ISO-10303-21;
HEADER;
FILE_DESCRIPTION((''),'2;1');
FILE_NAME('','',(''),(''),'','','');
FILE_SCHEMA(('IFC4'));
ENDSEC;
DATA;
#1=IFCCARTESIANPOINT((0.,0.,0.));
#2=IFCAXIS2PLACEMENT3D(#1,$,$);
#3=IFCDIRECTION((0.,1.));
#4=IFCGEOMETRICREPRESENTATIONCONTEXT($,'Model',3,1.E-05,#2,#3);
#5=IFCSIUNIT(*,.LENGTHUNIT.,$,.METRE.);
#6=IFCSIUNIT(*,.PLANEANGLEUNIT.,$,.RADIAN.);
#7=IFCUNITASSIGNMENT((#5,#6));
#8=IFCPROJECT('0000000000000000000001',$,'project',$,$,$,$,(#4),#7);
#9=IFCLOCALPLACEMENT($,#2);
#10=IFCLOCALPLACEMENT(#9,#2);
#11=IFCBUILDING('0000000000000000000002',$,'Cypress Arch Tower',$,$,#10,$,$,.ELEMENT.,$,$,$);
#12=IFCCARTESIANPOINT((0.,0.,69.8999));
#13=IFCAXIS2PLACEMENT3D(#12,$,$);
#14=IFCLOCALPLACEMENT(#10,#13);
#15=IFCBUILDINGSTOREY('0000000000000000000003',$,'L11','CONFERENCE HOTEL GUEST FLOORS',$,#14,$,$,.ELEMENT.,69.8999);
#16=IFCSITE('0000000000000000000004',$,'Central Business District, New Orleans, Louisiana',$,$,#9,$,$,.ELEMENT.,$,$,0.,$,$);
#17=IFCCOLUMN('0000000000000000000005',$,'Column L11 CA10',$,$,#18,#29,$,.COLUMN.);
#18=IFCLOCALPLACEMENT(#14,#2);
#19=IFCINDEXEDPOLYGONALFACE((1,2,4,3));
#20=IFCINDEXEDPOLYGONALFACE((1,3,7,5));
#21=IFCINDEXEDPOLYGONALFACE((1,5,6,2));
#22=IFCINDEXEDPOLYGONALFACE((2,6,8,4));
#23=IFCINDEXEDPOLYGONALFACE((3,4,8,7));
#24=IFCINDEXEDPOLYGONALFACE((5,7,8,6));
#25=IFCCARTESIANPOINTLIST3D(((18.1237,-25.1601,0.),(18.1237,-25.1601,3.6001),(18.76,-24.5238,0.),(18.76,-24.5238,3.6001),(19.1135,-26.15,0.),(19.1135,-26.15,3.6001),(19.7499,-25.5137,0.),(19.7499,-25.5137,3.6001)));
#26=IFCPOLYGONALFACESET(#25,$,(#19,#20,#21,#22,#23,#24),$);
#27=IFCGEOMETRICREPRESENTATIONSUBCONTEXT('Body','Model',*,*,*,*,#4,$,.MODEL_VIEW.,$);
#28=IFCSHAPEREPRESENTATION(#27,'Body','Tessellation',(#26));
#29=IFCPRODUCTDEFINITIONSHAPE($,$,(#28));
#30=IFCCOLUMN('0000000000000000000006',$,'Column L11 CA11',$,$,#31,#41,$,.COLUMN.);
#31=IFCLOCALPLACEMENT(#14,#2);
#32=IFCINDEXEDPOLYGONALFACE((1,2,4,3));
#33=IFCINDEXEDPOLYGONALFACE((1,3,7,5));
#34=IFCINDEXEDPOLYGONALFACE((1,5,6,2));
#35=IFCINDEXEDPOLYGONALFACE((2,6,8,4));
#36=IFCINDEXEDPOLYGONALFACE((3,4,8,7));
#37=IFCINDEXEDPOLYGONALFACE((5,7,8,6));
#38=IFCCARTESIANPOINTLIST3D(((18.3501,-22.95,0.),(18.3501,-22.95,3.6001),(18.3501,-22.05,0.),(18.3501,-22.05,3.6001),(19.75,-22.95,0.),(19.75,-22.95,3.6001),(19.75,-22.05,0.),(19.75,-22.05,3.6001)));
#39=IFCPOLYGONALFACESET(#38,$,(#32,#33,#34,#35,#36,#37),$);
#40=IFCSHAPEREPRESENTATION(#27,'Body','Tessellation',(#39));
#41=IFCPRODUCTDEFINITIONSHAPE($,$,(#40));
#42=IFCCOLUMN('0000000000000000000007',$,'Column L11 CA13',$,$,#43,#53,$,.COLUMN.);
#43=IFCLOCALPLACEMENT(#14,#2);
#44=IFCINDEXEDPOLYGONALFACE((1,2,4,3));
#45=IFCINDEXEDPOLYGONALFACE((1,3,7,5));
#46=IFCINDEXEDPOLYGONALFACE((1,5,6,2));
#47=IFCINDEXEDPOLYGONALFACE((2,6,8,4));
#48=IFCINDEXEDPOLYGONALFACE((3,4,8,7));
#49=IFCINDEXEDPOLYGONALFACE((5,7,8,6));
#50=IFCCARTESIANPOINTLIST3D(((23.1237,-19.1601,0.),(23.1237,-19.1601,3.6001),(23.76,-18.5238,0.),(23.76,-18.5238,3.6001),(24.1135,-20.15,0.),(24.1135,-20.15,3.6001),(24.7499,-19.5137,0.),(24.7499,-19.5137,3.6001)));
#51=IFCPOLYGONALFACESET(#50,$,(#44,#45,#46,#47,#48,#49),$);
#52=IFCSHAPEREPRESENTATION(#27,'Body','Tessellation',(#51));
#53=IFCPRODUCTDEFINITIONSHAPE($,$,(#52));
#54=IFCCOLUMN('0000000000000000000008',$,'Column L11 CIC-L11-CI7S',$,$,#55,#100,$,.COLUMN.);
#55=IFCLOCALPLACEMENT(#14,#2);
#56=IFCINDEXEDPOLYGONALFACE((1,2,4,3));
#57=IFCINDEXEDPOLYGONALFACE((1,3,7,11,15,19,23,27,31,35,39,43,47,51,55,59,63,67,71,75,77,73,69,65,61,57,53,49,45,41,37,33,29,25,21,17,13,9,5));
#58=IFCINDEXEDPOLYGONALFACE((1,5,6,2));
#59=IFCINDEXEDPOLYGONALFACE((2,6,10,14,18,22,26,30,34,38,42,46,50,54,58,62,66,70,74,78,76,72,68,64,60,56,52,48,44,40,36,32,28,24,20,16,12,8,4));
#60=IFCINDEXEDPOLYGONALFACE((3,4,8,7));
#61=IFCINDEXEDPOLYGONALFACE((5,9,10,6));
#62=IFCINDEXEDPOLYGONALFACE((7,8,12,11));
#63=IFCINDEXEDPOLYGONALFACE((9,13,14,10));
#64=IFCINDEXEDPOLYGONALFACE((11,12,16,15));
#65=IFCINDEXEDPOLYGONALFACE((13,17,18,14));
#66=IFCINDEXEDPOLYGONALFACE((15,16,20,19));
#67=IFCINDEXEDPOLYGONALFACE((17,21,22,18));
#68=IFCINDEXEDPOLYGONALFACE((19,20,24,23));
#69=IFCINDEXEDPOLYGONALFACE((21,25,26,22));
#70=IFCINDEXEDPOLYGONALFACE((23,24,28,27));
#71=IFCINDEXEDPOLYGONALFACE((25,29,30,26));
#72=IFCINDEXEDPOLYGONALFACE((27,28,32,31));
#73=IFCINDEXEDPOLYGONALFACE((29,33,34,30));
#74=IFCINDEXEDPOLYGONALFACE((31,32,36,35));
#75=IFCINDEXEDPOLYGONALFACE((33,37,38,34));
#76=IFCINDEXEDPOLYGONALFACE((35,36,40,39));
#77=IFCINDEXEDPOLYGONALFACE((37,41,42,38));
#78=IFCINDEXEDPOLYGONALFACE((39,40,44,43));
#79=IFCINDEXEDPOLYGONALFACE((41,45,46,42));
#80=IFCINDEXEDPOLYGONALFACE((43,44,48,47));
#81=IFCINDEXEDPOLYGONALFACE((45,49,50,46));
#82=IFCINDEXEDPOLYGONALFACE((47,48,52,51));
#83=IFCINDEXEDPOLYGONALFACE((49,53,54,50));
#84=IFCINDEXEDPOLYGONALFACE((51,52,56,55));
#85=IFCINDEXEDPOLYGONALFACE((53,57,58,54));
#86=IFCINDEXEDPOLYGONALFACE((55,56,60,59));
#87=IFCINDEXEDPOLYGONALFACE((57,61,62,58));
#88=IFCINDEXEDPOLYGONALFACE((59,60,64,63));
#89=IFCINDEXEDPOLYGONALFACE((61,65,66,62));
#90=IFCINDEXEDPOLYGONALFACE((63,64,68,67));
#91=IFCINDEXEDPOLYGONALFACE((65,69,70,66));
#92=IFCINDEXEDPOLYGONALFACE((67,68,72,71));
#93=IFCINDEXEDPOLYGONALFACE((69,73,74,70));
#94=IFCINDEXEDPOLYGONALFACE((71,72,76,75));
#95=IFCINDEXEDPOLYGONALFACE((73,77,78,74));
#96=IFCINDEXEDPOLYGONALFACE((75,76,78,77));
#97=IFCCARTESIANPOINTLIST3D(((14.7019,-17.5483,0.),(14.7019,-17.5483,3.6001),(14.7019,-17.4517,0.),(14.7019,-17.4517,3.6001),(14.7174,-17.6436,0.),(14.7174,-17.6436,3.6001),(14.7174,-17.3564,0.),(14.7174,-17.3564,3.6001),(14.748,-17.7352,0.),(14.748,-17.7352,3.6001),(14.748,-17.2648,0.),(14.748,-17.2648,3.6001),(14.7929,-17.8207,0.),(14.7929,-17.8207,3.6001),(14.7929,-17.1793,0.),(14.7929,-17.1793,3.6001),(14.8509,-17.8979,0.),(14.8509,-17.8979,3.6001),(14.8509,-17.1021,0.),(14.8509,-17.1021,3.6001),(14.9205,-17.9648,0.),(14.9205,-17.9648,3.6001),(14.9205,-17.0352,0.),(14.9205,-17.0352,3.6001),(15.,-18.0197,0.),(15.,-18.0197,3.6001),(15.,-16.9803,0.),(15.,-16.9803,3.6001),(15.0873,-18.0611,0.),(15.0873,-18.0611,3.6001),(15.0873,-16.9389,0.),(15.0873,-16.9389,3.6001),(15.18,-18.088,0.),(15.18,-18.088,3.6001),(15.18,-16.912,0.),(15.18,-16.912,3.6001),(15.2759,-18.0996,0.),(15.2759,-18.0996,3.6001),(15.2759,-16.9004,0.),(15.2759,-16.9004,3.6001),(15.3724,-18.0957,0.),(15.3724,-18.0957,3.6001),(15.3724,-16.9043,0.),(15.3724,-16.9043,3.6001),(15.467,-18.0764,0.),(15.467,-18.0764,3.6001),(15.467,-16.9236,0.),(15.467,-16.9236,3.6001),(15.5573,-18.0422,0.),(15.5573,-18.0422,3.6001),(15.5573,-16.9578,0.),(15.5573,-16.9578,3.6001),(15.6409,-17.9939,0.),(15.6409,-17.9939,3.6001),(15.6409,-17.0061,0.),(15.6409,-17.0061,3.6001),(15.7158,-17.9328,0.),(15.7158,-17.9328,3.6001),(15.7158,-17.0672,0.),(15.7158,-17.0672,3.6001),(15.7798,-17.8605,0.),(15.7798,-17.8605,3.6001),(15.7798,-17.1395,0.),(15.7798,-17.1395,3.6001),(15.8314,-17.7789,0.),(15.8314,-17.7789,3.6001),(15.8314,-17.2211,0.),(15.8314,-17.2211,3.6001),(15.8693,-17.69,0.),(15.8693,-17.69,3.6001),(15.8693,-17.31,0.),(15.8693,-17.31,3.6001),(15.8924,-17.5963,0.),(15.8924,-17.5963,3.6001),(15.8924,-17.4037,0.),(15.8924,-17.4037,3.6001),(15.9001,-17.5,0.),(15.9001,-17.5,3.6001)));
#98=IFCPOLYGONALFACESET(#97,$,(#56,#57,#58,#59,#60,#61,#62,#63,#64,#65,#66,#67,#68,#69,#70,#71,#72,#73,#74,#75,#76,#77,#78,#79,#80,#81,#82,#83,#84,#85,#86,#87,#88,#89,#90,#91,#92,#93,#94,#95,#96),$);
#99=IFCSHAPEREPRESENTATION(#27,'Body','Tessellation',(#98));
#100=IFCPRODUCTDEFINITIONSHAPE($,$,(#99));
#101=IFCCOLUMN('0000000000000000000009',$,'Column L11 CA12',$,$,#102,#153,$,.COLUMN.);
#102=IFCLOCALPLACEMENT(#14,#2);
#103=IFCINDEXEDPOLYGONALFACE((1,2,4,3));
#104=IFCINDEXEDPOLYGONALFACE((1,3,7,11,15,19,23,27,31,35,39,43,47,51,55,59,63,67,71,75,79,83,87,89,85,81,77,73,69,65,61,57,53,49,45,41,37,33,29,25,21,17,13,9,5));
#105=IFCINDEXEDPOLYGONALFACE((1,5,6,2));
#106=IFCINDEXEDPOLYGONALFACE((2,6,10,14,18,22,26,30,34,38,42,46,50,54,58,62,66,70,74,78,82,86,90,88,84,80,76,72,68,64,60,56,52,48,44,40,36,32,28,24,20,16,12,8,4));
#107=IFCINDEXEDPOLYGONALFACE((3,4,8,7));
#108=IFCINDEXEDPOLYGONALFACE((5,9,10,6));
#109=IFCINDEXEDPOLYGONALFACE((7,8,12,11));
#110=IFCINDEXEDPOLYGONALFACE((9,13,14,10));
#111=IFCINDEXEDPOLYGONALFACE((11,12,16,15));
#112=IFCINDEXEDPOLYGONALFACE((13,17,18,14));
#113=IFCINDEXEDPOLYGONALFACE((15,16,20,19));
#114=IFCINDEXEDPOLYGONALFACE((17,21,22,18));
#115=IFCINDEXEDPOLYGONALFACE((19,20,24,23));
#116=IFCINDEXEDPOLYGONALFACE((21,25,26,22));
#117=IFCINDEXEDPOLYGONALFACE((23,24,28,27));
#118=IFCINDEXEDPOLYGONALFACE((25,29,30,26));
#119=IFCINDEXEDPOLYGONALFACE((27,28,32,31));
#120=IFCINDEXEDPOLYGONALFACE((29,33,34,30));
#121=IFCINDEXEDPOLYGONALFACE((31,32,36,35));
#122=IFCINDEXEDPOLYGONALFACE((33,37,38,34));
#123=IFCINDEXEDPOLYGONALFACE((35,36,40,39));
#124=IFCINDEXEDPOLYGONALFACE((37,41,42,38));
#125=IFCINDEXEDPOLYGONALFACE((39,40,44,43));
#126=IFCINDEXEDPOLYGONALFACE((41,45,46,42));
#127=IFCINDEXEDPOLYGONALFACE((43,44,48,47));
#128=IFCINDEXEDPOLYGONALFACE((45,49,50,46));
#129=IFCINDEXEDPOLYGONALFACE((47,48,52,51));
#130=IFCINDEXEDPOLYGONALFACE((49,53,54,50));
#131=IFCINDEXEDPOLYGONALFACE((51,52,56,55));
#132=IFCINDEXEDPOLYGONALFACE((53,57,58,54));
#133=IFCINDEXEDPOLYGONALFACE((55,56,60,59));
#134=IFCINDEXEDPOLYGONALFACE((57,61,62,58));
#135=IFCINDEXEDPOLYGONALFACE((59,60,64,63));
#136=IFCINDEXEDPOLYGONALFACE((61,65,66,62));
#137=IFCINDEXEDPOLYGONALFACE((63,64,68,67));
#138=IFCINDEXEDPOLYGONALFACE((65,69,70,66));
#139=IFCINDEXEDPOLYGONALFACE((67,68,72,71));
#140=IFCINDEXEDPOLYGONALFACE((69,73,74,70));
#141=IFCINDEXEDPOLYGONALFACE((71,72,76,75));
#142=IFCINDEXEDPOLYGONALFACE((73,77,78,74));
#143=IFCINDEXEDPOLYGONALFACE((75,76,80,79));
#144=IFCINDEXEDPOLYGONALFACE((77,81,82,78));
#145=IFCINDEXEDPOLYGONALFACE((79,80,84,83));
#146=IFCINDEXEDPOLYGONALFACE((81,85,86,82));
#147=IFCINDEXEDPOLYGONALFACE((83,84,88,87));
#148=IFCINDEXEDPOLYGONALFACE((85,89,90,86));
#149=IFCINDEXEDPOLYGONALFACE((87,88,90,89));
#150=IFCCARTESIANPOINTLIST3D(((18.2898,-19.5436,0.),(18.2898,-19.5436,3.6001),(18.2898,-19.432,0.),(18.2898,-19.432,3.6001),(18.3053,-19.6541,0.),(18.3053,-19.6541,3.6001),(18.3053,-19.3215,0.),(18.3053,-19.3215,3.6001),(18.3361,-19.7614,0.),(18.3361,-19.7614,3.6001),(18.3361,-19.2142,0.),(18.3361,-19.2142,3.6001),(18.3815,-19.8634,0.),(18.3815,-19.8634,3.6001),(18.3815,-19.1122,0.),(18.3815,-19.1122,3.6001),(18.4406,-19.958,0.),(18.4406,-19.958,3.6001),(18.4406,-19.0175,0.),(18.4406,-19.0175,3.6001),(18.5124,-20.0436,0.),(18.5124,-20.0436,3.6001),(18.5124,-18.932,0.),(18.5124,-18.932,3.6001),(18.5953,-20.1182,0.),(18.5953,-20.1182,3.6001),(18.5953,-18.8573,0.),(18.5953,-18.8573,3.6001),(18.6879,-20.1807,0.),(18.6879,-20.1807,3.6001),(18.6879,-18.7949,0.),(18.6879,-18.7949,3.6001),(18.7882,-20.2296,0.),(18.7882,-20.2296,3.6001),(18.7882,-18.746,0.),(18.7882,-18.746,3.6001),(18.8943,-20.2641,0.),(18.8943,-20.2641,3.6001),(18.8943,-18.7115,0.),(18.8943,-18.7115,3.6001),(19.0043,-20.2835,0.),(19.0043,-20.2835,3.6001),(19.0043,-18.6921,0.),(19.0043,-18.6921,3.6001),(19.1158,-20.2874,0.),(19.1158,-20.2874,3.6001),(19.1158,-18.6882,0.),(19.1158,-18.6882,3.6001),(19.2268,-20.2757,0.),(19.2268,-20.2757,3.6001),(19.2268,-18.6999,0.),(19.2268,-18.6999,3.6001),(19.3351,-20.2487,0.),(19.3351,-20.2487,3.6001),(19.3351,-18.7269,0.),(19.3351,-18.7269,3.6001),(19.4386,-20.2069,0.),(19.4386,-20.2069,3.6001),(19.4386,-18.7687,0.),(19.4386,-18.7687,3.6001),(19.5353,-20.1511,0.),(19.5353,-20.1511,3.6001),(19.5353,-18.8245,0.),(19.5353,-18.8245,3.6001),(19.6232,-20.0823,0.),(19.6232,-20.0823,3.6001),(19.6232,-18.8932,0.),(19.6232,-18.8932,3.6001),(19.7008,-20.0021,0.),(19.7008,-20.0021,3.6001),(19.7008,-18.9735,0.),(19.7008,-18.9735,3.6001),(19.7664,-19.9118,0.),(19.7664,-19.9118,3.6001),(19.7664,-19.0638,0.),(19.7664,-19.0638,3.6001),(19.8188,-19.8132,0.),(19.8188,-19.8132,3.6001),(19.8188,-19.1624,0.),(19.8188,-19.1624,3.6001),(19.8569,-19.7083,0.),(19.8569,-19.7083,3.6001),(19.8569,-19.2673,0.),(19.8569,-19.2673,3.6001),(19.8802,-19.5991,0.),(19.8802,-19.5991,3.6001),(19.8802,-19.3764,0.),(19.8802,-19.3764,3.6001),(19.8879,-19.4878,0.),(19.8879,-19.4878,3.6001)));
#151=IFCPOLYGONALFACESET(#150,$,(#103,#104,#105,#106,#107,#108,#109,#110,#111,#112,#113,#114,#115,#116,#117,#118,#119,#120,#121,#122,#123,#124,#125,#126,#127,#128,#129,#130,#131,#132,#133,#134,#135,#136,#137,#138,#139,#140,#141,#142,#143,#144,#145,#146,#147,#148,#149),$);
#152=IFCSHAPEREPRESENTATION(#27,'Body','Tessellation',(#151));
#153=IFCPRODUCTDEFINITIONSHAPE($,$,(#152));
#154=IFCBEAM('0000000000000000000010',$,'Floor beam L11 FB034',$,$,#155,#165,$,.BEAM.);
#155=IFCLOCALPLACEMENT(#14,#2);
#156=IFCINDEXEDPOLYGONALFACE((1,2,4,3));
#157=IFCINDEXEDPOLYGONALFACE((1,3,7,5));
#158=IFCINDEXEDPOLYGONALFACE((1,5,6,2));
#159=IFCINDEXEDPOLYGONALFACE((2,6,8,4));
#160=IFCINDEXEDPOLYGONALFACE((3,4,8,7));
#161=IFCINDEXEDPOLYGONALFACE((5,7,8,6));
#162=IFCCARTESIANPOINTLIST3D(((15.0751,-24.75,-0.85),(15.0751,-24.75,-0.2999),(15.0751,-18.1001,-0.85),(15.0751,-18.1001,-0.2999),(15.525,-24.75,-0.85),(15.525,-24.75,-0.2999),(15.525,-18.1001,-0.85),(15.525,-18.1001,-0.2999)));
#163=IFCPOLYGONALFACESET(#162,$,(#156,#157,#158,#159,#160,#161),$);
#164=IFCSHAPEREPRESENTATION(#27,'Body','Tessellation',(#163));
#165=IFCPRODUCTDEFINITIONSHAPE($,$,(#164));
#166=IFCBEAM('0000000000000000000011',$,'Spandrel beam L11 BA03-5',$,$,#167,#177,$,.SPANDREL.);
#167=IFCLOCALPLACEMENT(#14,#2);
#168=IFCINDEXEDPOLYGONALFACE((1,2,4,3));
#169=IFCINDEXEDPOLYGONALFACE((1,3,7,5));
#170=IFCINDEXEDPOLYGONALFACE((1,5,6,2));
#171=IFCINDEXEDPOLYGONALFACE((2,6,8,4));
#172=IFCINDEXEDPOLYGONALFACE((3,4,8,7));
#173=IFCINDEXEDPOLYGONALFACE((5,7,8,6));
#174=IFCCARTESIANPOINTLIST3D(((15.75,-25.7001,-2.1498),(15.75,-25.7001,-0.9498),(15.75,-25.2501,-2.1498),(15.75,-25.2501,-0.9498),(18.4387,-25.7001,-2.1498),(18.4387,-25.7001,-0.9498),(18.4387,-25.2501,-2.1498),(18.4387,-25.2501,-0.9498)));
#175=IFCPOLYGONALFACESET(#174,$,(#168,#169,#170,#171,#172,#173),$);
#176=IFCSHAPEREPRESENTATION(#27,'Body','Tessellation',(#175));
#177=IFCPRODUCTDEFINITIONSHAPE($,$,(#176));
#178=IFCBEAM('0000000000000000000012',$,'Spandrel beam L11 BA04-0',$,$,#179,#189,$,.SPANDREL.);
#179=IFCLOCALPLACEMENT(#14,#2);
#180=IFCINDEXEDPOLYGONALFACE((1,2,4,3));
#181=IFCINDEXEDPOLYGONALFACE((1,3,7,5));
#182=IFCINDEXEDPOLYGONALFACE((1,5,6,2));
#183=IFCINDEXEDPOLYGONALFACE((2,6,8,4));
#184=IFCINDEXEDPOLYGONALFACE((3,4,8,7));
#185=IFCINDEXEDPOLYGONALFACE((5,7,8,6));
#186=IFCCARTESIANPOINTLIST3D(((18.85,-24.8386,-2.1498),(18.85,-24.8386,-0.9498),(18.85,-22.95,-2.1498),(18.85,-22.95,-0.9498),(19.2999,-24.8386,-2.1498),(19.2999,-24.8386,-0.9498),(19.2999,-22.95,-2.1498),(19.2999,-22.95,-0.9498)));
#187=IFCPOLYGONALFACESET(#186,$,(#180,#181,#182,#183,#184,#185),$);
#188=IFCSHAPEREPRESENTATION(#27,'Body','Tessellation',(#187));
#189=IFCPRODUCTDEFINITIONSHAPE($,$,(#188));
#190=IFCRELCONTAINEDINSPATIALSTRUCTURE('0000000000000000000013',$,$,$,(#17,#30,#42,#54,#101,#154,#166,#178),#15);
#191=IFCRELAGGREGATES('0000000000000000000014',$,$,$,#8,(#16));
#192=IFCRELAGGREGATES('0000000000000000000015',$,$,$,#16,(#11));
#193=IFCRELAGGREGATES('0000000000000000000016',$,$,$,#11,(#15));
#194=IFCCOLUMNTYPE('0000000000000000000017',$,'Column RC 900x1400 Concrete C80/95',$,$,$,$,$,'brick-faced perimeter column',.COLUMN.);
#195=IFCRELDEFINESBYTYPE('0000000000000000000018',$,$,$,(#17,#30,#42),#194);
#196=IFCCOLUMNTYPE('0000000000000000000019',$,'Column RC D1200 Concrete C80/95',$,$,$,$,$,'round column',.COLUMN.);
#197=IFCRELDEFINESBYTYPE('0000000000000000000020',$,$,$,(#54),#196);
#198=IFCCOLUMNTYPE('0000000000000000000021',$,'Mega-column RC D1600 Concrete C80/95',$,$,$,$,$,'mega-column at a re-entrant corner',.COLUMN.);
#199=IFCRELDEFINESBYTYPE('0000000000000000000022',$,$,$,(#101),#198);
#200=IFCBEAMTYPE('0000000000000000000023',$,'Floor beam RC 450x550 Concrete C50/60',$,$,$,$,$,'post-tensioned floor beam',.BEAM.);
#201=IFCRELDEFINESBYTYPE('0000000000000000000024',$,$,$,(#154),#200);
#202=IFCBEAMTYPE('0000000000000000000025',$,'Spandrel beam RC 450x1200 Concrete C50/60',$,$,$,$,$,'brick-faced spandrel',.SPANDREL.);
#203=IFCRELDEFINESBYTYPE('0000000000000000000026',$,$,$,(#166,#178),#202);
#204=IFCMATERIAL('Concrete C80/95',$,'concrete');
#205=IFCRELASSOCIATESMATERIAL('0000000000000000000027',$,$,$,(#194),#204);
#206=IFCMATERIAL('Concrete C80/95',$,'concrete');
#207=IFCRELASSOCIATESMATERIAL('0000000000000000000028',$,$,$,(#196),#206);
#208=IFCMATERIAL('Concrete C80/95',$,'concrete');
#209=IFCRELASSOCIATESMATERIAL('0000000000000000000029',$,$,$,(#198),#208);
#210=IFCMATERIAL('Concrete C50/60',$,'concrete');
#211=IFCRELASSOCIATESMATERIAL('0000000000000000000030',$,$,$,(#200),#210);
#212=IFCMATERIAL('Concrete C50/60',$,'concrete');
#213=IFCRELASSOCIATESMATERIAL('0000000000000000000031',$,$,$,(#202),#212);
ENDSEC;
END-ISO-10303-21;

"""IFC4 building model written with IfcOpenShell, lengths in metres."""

from ifc_helpers import new_model, si_unit, direction, frame, origin, origin_2d, place, context, subcontext, project, spatial, rectangle, circle, extrude, material, material_profile, profile_set, type_object, element, save


model = new_model("IFC4")

# Units and contexts
model_context = context("Model", 3, precision=1e-05, world=origin(), true_north=direction((0.0, 1.0)))
body_context = subcontext(model_context, "Body", "Model", "MODEL_VIEW")
ifc_project = project(units=[si_unit("LENGTHUNIT", "METRE"), si_unit("PLANEANGLEUNIT", "RADIAN")], contexts=[model_context])

# Site, building, storey
site_placement = place(None, origin())
site = spatial("IfcSite", under=ifc_project, at=site_placement, Name="Central Business District, New Orleans, Louisiana", CompositionType="ELEMENT", RefElevation=0.0)
building_placement = place(site_placement, origin())
building = spatial("IfcBuilding", under=site, at=building_placement, Name="Cypress Arch Tower", CompositionType="ELEMENT")
storey_placement = place(building_placement, frame((0.0, 0.0, 69.8999)))
storey = spatial("IfcBuildingStorey", under=building, at=storey_placement, Name="L11", Description="CONFERENCE HOTEL GUEST FLOORS", CompositionType="ELEMENT", Elevation=69.8999)

# Columns
ifc_material_1 = material(Name="Concrete C80/95", Category="concrete")
ifc_material_profile_1 = material_profile(ifc_material_1, rectangle(XDim=0.8999, YDim=1.3999, at=origin_2d()), Name="RC 900x1400")
ifc_profile_set_1 = profile_set([ifc_material_profile_1], Name="Concrete C80/95")
column_type_1 = type_object("IfcColumnType", Name="Column RC 900x1400 Concrete C80/95", ElementType="brick-faced perimeter column", PredefinedType="COLUMN", material=ifc_profile_set_1)
for number, where, z_axis, x_axis, name in (
    (1, (18.9368, -25.3369, 0.0), (0.0, 0.0, 1.0), (0.707107, 0.707107, 0.0), "Column L11 CA10"),
    (2, (19.05, -22.5, 0.0), (0.0, 0.0, 1.0), (0.0, 1.0, 0.0), "Column L11 CA11"),
    (3, (23.9368, -19.3369, 0.0), (0.0, 0.0, 1.0), (0.707107, 0.707107, 0.0), "Column L11 CA13"),
):
    element("IfcColumn", number, at=place(storey_placement, frame(where, z_axis=z_axis, x_axis=x_axis)), inside=storey, type_object=column_type_1, Name=name, PredefinedType="COLUMN", context=body_context, shape_type="SweptSolid", body=[
        extrude(rectangle(XDim=0.8999, YDim=1.3999, at=origin_2d()), origin(), (0.0, 0.0, 1.0), 3.6001),
    ])
ifc_material_2 = material(Name="Concrete C80/95", Category="concrete")
ifc_material_profile_2 = material_profile(ifc_material_2, circle(Radius=0.6001, at=origin_2d()), Name="RC D1200")
ifc_profile_set_2 = profile_set([ifc_material_profile_2], Name="Concrete C80/95")
column_type_2 = type_object("IfcColumnType", Name="Column RC D1200 Concrete C80/95", ElementType="round column", PredefinedType="COLUMN", material=ifc_profile_set_2)
column_1_placement = place(storey_placement, frame((15.3, -17.5, 0.0), z_axis=(0.0, 0.0, 1.0), x_axis=(1.0, 0.0, 0.0)))
element("IfcColumn", 4, at=column_1_placement, inside=storey, type_object=column_type_2, Name="Column L11 CIC-L11-CI7S", PredefinedType="COLUMN", context=body_context, shape_type="SweptSolid", body=[
    extrude(circle(Radius=0.6001, at=origin_2d()), origin(), (0.0, 0.0, 1.0), 3.6001),
])
ifc_material_3 = material(Name="Concrete C80/95", Category="concrete")
ifc_material_profile_3 = material_profile(ifc_material_3, circle(Radius=0.8, at=origin_2d()), Name="RC D1600")
ifc_profile_set_3 = profile_set([ifc_material_profile_3], Name="Concrete C80/95")
column_type_3 = type_object("IfcColumnType", Name="Mega-column RC D1600 Concrete C80/95", ElementType="mega-column at a re-entrant corner", PredefinedType="COLUMN", material=ifc_profile_set_3)
column_2_placement = place(storey_placement, frame((19.0879, -19.4878, 0.0), z_axis=(0.0, 0.0, 1.0), x_axis=(1.0, 0.0, 0.0)))
element("IfcColumn", 5, at=column_2_placement, inside=storey, type_object=column_type_3, Name="Column L11 CA12", PredefinedType="COLUMN", context=body_context, shape_type="SweptSolid", body=[
    extrude(circle(Radius=0.8, at=origin_2d()), origin(), (0.0, 0.0, 1.0), 3.6001),
])

# Beams
ifc_material_4 = material(Name="Concrete C50/60", Category="concrete")
ifc_material_profile_4 = material_profile(ifc_material_4, rectangle(XDim=0.45, YDim=0.55, at=origin_2d()), Name="RC 450x550")
ifc_profile_set_4 = profile_set([ifc_material_profile_4], Name="Concrete C50/60")
beam_type_1 = type_object("IfcBeamType", Name="Floor beam RC 450x550 Concrete C50/60", ElementType="post-tensioned floor beam", PredefinedType="BEAM", material=ifc_profile_set_4)
beam_1_placement = place(storey_placement, frame((15.3, -24.75, -0.575), z_axis=(0.0, 1.0, 0.0), x_axis=(-1.0, 0.0, 0.0)))
element("IfcBeam", 6, at=beam_1_placement, inside=storey, type_object=beam_type_1, Name="Floor beam L11 FB034", PredefinedType="BEAM", context=body_context, shape_type="SweptSolid", body=[
    extrude(rectangle(XDim=0.45, YDim=0.55, at=origin_2d()), origin(), (0.0, 0.0, 1.0), 6.6499),
])
ifc_material_5 = material(Name="Concrete C50/60", Category="concrete")
ifc_material_profile_5 = material_profile(ifc_material_5, rectangle(XDim=0.45, YDim=1.2, at=origin_2d()), Name="RC 450x1200")
ifc_profile_set_5 = profile_set([ifc_material_profile_5], Name="Concrete C50/60")
beam_type_2 = type_object("IfcBeamType", Name="Spandrel beam RC 450x1200 Concrete C50/60", ElementType="brick-faced spandrel", PredefinedType="SPANDREL", material=ifc_profile_set_5)
beam_2_placement = place(storey_placement, frame((15.75, -25.4751, -1.5498), z_axis=(1.0, 0.0, 0.0), x_axis=(0.0, 1.0, 0.0)))
element("IfcBeam", 7, at=beam_2_placement, inside=storey, type_object=beam_type_2, Name="Spandrel beam L11 BA03-5", PredefinedType="SPANDREL", context=body_context, shape_type="SweptSolid", body=[
    extrude(rectangle(XDim=0.45, YDim=1.2, at=origin_2d()), origin(), (0.0, 0.0, 1.0), 2.6887),
])
beam_3_placement = place(storey_placement, frame((19.075, -24.8386, -1.5498), z_axis=(0.0, 1.0, 0.0), x_axis=(-1.0, 0.0, 0.0)))
element("IfcBeam", 8, at=beam_3_placement, inside=storey, type_object=beam_type_2, Name="Spandrel beam L11 BA04-0", PredefinedType="SPANDREL", context=body_context, shape_type="SweptSolid", body=[
    extrude(rectangle(XDim=0.45, YDim=1.2, at=origin_2d()), origin(), (0.0, 0.0, 1.0), 1.8887),
])

save(model, "model.ifc")
